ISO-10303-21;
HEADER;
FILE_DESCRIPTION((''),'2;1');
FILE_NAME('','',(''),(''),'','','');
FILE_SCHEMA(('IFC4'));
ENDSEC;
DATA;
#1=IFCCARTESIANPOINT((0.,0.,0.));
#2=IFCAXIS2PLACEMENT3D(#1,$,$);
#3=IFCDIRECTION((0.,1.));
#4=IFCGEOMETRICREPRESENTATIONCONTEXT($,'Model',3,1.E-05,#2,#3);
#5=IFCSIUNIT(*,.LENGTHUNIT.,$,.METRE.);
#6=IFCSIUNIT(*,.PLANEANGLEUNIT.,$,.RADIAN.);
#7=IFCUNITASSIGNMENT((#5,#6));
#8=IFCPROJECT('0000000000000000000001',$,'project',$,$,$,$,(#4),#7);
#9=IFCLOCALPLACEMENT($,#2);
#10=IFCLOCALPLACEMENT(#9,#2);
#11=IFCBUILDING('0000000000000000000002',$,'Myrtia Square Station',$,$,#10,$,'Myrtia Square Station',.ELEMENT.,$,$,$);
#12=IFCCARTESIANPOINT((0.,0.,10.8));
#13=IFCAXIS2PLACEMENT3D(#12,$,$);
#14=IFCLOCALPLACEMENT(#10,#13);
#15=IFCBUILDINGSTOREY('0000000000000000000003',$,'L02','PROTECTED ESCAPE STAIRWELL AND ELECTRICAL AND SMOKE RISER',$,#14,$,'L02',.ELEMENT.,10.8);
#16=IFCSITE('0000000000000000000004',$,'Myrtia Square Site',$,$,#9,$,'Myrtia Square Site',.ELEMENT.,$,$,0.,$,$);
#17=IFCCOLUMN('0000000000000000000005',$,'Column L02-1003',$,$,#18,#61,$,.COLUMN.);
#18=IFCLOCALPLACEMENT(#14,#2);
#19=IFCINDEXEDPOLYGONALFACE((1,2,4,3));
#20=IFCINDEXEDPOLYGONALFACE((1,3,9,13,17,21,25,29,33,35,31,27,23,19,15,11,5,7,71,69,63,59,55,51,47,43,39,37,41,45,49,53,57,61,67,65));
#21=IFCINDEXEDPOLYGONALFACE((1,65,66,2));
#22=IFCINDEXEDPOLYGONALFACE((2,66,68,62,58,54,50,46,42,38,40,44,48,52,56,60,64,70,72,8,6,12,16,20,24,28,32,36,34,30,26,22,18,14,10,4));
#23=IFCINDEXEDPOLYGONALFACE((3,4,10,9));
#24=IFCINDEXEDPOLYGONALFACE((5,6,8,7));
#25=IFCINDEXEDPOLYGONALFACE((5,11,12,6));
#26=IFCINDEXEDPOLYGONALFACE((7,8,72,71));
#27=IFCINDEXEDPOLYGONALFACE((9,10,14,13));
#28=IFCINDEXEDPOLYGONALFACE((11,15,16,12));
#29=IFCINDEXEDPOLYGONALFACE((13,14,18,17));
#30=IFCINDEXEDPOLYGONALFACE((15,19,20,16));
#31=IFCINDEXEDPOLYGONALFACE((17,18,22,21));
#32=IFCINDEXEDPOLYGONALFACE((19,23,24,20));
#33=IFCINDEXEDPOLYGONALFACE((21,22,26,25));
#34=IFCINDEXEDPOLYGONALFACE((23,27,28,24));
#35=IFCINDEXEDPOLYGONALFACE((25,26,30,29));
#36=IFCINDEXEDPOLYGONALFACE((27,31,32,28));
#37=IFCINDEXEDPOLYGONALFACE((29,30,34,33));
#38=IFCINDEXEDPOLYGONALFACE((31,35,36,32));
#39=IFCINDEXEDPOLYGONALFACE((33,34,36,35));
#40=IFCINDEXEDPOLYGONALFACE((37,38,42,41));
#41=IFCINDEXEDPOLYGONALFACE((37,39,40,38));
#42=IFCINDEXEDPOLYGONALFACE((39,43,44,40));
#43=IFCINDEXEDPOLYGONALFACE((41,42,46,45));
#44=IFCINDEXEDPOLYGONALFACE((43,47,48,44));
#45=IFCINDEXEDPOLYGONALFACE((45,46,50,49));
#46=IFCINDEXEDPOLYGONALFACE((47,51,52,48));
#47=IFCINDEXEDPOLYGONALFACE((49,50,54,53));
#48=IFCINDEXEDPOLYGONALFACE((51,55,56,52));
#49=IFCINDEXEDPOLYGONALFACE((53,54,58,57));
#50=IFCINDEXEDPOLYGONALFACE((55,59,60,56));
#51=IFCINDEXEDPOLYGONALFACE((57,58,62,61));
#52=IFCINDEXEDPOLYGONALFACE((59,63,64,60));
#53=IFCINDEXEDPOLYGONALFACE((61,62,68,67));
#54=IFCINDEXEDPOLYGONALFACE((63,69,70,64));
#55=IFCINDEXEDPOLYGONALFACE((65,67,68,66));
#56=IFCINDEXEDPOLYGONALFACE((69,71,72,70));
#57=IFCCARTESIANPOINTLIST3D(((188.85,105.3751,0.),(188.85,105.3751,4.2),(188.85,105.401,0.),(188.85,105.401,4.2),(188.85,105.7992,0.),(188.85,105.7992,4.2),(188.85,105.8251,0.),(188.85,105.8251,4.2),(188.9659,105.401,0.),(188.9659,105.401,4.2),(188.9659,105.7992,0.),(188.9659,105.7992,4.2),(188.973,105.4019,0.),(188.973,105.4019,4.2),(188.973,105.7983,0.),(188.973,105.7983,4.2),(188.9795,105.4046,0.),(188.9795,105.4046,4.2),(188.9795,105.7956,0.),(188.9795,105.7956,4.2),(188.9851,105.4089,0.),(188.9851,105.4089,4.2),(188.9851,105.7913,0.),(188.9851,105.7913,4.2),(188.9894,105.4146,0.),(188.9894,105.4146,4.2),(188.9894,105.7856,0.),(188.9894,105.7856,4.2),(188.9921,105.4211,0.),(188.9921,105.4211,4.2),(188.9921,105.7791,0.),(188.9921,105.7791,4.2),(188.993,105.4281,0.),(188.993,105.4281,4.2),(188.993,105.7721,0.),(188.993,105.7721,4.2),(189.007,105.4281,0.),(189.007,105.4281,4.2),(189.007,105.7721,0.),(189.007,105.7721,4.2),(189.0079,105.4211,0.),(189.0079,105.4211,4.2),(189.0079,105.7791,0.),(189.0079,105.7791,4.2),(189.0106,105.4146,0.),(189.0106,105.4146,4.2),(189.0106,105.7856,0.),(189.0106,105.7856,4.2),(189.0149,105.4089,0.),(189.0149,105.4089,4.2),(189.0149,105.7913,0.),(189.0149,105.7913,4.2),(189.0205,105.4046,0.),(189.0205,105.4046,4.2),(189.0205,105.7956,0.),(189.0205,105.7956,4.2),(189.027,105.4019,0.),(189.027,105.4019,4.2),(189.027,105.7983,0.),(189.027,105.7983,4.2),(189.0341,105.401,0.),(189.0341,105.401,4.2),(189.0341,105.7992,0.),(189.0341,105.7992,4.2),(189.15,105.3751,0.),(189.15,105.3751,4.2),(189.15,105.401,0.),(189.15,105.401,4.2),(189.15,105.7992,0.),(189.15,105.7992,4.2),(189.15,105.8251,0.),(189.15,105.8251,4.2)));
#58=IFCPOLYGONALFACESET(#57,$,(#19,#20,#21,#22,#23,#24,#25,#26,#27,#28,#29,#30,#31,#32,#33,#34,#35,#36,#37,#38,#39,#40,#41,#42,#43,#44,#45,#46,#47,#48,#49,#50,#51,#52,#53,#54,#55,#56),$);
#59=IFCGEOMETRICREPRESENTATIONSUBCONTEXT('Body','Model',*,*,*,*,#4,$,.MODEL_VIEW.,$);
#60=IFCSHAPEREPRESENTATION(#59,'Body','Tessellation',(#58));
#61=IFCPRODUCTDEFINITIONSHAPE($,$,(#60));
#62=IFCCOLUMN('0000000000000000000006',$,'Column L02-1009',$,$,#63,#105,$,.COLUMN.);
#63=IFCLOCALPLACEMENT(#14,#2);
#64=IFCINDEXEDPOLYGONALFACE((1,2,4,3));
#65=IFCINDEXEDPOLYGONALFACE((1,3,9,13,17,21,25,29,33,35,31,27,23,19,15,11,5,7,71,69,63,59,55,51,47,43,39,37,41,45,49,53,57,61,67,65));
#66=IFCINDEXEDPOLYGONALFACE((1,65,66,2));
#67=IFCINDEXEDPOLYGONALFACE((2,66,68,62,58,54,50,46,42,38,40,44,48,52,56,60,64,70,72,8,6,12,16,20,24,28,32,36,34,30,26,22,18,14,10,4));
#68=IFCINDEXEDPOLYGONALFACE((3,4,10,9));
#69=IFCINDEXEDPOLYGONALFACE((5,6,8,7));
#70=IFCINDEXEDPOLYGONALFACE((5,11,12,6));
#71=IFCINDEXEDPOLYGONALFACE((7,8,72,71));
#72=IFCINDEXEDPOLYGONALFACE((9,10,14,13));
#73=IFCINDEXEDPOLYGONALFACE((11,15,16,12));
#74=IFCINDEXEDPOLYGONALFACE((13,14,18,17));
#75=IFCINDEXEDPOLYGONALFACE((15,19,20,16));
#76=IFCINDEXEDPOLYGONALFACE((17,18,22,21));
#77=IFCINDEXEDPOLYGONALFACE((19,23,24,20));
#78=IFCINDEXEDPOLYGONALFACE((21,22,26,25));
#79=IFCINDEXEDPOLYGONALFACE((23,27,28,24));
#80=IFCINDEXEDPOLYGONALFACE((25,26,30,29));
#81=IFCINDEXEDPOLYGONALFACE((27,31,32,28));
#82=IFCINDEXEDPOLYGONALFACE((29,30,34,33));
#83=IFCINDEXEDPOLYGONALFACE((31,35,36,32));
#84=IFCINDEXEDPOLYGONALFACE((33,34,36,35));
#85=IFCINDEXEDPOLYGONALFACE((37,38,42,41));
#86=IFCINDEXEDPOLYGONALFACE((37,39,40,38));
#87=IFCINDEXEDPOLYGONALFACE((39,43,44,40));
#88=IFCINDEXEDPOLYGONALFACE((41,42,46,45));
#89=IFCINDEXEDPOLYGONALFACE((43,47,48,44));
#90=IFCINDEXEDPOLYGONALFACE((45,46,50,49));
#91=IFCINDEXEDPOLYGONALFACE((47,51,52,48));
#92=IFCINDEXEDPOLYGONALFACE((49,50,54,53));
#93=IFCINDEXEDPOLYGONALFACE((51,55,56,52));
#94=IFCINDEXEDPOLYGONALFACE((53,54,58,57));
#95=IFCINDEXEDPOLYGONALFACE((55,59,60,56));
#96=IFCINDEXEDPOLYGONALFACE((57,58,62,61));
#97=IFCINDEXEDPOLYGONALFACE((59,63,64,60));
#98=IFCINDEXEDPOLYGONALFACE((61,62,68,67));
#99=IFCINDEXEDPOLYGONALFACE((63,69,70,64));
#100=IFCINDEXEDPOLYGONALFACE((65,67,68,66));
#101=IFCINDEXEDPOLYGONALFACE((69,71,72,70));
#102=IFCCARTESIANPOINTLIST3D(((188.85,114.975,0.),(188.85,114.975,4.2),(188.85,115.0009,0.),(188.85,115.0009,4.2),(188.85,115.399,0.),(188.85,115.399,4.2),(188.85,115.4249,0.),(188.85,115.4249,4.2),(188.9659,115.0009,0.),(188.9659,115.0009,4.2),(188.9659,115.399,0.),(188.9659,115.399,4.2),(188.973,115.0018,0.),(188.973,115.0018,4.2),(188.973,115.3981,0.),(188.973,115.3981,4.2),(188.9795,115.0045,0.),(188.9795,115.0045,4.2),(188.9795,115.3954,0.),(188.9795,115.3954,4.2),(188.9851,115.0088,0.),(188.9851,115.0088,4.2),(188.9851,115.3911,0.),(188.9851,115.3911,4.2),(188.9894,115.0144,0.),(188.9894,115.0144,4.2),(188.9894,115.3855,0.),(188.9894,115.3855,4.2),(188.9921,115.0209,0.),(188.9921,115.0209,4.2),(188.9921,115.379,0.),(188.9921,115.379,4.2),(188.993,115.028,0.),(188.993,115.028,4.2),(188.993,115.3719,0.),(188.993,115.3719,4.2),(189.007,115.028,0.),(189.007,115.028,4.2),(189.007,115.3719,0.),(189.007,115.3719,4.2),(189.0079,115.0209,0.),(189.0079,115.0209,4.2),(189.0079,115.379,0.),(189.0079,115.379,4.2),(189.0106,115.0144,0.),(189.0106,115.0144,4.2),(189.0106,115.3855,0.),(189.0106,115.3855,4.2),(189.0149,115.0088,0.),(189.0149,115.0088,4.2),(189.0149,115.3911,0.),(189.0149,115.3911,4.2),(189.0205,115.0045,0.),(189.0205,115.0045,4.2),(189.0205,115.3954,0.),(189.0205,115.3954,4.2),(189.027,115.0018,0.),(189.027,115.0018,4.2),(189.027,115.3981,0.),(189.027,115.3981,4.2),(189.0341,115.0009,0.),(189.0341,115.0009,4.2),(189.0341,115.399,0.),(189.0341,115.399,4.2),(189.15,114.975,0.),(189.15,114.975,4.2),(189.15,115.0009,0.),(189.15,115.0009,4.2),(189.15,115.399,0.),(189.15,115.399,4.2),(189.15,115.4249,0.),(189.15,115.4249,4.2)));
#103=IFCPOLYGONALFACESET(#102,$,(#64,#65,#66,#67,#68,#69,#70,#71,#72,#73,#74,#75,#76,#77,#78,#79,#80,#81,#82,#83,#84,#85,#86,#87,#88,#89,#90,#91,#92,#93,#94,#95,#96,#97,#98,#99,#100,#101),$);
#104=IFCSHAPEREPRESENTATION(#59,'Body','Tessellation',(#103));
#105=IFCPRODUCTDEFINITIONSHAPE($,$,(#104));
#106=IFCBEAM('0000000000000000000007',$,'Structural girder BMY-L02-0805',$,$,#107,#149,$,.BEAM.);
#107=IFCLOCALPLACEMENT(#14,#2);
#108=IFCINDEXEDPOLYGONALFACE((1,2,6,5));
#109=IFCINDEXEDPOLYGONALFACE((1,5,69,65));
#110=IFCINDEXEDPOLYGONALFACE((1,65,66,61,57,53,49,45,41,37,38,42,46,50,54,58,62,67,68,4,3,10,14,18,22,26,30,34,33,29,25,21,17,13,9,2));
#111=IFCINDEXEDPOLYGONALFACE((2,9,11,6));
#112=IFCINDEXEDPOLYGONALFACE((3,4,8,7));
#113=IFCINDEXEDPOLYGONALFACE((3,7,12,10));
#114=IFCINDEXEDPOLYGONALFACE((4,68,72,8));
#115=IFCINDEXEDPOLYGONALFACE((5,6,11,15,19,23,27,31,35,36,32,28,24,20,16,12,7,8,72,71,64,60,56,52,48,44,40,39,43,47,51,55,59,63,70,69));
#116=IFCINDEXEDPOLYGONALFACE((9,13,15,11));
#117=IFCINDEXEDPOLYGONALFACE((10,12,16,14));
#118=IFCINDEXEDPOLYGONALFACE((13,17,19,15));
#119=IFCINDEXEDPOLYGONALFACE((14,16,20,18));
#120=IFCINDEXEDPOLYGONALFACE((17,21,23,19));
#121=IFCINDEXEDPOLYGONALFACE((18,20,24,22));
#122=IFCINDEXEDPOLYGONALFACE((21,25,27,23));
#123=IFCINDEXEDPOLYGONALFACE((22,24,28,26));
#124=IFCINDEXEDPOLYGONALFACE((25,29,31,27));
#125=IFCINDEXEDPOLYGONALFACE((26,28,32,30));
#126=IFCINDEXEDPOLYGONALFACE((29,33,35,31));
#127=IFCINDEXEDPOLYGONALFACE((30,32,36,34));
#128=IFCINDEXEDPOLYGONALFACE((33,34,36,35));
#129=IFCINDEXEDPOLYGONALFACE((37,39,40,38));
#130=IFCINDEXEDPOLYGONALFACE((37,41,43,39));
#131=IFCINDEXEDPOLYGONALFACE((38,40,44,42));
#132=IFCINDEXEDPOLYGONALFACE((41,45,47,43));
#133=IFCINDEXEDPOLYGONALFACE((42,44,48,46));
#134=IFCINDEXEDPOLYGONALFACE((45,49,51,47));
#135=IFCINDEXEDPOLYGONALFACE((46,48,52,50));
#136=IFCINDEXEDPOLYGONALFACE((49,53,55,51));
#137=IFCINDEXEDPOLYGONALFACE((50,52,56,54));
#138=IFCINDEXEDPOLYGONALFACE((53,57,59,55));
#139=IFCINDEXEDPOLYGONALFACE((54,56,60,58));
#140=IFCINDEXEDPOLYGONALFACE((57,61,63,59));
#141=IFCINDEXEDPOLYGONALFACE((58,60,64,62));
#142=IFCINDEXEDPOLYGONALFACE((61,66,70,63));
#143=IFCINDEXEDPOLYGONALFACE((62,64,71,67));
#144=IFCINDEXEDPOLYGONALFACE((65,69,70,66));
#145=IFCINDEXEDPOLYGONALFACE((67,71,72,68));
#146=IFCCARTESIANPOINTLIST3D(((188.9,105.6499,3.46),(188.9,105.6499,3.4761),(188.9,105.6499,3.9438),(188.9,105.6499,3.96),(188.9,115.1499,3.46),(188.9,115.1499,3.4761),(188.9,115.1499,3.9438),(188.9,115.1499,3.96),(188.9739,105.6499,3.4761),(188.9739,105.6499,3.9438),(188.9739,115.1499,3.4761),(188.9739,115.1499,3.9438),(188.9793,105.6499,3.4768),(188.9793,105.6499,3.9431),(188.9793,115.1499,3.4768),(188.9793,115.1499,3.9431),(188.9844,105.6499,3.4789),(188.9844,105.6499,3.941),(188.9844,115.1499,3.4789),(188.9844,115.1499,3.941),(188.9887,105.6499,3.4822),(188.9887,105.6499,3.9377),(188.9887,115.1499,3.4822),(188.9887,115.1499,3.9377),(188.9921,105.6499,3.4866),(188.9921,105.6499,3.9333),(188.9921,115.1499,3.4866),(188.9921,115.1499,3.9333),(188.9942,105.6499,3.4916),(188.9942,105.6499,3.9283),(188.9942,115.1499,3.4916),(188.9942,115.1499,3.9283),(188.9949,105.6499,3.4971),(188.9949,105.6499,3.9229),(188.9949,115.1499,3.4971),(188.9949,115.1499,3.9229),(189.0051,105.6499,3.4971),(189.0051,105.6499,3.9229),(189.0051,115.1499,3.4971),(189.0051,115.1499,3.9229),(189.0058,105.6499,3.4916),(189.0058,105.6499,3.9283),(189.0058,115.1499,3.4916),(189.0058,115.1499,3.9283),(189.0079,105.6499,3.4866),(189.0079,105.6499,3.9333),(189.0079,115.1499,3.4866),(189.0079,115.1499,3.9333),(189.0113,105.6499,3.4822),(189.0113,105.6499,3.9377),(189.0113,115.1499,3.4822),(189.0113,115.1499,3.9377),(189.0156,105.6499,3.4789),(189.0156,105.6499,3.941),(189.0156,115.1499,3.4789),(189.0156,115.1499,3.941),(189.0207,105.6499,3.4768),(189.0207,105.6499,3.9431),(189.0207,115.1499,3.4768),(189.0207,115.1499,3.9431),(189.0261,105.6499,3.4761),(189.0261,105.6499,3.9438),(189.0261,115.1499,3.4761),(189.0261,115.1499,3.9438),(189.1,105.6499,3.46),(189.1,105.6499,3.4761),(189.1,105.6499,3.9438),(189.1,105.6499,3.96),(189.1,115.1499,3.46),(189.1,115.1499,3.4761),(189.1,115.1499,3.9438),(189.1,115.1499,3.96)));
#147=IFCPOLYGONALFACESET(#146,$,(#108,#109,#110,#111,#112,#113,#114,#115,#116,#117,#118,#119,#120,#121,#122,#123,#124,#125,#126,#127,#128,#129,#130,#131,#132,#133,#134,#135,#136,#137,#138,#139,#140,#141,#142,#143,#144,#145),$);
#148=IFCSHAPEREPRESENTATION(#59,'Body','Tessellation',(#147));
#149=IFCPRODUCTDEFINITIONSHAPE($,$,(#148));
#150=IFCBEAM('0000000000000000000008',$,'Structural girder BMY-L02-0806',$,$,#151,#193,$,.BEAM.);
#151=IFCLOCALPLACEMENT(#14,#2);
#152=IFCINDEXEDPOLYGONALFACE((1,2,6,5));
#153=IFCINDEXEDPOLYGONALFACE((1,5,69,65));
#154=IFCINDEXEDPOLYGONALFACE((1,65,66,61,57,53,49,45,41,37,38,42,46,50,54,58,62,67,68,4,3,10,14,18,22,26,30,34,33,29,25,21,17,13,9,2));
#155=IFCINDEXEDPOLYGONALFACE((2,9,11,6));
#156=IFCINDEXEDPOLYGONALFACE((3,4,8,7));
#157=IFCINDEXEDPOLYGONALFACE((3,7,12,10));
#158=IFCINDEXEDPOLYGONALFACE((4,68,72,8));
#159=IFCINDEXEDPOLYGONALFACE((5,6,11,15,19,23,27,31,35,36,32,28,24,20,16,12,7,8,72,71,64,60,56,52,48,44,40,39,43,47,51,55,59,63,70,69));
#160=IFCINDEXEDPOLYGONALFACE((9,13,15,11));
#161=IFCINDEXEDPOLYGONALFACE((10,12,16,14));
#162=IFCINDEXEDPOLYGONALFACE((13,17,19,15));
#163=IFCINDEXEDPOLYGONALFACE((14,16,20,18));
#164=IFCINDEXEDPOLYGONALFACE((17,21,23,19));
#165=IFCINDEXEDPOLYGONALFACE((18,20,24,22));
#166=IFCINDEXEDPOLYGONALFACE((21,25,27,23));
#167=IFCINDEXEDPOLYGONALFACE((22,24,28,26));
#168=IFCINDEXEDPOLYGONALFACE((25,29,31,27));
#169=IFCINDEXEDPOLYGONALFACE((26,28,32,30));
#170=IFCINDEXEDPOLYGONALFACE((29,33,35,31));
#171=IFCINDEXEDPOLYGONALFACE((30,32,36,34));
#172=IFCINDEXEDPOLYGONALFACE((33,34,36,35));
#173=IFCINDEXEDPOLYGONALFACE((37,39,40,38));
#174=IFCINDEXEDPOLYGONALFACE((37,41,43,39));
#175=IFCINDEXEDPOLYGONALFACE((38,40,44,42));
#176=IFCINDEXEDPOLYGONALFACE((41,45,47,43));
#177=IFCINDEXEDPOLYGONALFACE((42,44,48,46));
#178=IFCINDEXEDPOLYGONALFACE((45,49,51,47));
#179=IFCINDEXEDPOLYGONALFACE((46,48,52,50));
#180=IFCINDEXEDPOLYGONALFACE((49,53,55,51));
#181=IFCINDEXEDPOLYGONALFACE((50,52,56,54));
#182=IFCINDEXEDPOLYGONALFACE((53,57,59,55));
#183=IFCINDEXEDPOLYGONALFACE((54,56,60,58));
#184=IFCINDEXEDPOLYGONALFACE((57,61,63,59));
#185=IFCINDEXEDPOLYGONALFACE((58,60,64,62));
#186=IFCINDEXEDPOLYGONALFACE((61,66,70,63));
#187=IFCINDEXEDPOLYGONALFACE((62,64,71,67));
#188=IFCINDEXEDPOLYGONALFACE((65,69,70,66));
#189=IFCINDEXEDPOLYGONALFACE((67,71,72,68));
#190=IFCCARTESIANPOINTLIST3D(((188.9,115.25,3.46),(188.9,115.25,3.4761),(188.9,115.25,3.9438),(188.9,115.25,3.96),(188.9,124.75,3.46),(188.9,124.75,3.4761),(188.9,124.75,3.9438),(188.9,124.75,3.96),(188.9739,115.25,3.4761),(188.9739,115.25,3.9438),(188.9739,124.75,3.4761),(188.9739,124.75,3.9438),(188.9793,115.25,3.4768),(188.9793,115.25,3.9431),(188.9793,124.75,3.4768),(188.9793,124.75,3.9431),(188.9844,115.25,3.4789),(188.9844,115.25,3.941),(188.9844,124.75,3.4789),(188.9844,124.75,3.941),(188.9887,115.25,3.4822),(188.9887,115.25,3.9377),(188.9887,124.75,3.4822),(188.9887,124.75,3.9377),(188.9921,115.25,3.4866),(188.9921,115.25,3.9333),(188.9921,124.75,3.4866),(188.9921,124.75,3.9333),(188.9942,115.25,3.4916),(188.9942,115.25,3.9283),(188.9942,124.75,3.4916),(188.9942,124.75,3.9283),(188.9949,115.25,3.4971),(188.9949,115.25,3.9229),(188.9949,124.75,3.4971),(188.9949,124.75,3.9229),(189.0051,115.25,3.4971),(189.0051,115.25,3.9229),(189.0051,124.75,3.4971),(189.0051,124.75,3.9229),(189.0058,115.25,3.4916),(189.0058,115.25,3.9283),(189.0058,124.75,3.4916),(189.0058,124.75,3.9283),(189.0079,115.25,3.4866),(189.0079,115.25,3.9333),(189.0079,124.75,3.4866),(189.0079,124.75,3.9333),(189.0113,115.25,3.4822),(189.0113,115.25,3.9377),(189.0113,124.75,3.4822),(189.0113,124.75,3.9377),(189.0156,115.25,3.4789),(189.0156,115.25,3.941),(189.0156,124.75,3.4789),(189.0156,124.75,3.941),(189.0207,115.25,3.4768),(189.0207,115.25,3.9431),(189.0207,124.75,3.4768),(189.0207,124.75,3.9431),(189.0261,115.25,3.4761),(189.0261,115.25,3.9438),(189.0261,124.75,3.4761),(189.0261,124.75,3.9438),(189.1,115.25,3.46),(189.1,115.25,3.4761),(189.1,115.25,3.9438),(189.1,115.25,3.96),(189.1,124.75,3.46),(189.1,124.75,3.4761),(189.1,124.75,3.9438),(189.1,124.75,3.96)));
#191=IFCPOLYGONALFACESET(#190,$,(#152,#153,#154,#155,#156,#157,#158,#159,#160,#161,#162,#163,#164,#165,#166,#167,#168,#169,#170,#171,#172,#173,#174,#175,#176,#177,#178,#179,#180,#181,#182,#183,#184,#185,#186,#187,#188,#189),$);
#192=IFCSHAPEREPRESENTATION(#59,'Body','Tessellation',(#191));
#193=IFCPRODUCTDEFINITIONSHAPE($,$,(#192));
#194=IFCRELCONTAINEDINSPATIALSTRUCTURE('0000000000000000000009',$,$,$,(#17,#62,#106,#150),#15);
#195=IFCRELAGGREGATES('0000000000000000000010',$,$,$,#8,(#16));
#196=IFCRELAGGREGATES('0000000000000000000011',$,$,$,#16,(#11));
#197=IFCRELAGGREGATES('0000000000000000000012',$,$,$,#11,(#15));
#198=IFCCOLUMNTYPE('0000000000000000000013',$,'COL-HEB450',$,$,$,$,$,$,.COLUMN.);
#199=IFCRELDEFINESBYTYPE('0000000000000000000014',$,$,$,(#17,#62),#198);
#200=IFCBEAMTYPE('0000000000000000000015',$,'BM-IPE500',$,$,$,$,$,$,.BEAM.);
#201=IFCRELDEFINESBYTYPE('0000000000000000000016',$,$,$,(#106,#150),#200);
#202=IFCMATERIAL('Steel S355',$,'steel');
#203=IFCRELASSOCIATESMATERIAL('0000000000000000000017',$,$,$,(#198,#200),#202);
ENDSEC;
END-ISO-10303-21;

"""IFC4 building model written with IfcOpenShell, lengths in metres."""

from ifc_helpers import new_model, si_unit, direction, frame, origin, origin_2d, place, context, subcontext, project, spatial, i_section, extrude, material, material_profile, profile_set, type_object, element, save


model = new_model("IFC4")

# Units and contexts
model_context = context("Model", 3, precision=1e-05, world=origin(), true_north=direction((0.0, 1.0)))
body_context = subcontext(model_context, "Body", "Model", "MODEL_VIEW")
ifc_project = project(units=[si_unit("LENGTHUNIT", "METRE"), si_unit("PLANEANGLEUNIT", "RADIAN")], contexts=[model_context])

# Site, building, storey
site_placement = place(None, origin())
site = spatial("IfcSite", under=ifc_project, at=site_placement, Name="Myrtia Square Site", LongName="Myrtia Square Site", CompositionType="ELEMENT", RefElevation=0.0)
building_placement = place(site_placement, origin())
building = spatial("IfcBuilding", under=site, at=building_placement, Name="Myrtia Square Station", LongName="Myrtia Square Station", CompositionType="ELEMENT")
storey_placement = place(building_placement, frame((0.0, 0.0, 10.8)))
storey = spatial("IfcBuildingStorey", under=building, at=storey_placement, Name="L02", Description="PROTECTED ESCAPE STAIRWELL AND ELECTRICAL AND SMOKE RISER", LongName="L02", CompositionType="ELEMENT", Elevation=10.8)

# Columns
ifc_material_1 = material(Name="Steel S355", Category="steel")
ifc_material_profile_1 = material_profile(ifc_material_1, i_section(OverallWidth=0.3, OverallDepth=0.45, WebThickness=0.0139, FlangeThickness=0.0259, FilletRadius=0.0271, at=origin_2d()), Name="HEB 450")
ifc_profile_set_1 = profile_set([ifc_material_profile_1], Name="Steel S355")
column_type = type_object("IfcColumnType", Name="COL-HEB450", PredefinedType="COLUMN", material=ifc_profile_set_1)
for number, where, z_axis, x_axis, name in (
    (1, (189.0, 105.6001, 0.0), (0.0, 0.0, 1.0), (1.0, 0.0, 0.0), "Column L02-1003"),
    (2, (189.0, 115.2, 0.0), (0.0, 0.0, 1.0), (1.0, 0.0, 0.0), "Column L02-1009"),
):
    element("IfcColumn", number, at=place(storey_placement, frame(where, z_axis=z_axis, x_axis=x_axis)), inside=storey, type_object=column_type, Name=name, PredefinedType="COLUMN", context=body_context, shape_type="SweptSolid", body=[
        extrude(i_section(OverallWidth=0.3, OverallDepth=0.45, WebThickness=0.0139, FlangeThickness=0.0259, FilletRadius=0.0271, at=origin_2d()), origin(), (0.0, 0.0, 1.0), 4.2),
    ])

# Beams
ifc_material_profile_2 = material_profile(ifc_material_1, i_section(OverallWidth=0.2, OverallDepth=0.5, WebThickness=0.0103, FlangeThickness=0.0161, FilletRadius=0.021, at=origin_2d()), Name="IPE 500")
ifc_profile_set_2 = profile_set([ifc_material_profile_2], Name="Steel S355")
beam_type = type_object("IfcBeamType", Name="BM-IPE500", PredefinedType="BEAM", material=ifc_profile_set_2)
for number, where, z_axis, x_axis, name in (
    (3, (189.0, 105.6499, 3.71), (0.0, 1.0, 0.0), (-1.0, 0.0, 0.0), "Structural girder BMY-L02-0805"),
    (4, (189.0, 115.25, 3.71), (0.0, 1.0, 0.0), (-1.0, 0.0, 0.0), "Structural girder BMY-L02-0806"),
):
    element("IfcBeam", number, at=place(storey_placement, frame(where, z_axis=z_axis, x_axis=x_axis)), inside=storey, type_object=beam_type, Name=name, PredefinedType="BEAM", context=body_context, shape_type="SweptSolid", body=[
        extrude(i_section(OverallWidth=0.2, OverallDepth=0.5, WebThickness=0.0103, FlangeThickness=0.0161, FilletRadius=0.021, at=origin_2d()), origin(), (0.0, 0.0, 1.0), 9.5),
    ])

save(model, "model.ifc")
